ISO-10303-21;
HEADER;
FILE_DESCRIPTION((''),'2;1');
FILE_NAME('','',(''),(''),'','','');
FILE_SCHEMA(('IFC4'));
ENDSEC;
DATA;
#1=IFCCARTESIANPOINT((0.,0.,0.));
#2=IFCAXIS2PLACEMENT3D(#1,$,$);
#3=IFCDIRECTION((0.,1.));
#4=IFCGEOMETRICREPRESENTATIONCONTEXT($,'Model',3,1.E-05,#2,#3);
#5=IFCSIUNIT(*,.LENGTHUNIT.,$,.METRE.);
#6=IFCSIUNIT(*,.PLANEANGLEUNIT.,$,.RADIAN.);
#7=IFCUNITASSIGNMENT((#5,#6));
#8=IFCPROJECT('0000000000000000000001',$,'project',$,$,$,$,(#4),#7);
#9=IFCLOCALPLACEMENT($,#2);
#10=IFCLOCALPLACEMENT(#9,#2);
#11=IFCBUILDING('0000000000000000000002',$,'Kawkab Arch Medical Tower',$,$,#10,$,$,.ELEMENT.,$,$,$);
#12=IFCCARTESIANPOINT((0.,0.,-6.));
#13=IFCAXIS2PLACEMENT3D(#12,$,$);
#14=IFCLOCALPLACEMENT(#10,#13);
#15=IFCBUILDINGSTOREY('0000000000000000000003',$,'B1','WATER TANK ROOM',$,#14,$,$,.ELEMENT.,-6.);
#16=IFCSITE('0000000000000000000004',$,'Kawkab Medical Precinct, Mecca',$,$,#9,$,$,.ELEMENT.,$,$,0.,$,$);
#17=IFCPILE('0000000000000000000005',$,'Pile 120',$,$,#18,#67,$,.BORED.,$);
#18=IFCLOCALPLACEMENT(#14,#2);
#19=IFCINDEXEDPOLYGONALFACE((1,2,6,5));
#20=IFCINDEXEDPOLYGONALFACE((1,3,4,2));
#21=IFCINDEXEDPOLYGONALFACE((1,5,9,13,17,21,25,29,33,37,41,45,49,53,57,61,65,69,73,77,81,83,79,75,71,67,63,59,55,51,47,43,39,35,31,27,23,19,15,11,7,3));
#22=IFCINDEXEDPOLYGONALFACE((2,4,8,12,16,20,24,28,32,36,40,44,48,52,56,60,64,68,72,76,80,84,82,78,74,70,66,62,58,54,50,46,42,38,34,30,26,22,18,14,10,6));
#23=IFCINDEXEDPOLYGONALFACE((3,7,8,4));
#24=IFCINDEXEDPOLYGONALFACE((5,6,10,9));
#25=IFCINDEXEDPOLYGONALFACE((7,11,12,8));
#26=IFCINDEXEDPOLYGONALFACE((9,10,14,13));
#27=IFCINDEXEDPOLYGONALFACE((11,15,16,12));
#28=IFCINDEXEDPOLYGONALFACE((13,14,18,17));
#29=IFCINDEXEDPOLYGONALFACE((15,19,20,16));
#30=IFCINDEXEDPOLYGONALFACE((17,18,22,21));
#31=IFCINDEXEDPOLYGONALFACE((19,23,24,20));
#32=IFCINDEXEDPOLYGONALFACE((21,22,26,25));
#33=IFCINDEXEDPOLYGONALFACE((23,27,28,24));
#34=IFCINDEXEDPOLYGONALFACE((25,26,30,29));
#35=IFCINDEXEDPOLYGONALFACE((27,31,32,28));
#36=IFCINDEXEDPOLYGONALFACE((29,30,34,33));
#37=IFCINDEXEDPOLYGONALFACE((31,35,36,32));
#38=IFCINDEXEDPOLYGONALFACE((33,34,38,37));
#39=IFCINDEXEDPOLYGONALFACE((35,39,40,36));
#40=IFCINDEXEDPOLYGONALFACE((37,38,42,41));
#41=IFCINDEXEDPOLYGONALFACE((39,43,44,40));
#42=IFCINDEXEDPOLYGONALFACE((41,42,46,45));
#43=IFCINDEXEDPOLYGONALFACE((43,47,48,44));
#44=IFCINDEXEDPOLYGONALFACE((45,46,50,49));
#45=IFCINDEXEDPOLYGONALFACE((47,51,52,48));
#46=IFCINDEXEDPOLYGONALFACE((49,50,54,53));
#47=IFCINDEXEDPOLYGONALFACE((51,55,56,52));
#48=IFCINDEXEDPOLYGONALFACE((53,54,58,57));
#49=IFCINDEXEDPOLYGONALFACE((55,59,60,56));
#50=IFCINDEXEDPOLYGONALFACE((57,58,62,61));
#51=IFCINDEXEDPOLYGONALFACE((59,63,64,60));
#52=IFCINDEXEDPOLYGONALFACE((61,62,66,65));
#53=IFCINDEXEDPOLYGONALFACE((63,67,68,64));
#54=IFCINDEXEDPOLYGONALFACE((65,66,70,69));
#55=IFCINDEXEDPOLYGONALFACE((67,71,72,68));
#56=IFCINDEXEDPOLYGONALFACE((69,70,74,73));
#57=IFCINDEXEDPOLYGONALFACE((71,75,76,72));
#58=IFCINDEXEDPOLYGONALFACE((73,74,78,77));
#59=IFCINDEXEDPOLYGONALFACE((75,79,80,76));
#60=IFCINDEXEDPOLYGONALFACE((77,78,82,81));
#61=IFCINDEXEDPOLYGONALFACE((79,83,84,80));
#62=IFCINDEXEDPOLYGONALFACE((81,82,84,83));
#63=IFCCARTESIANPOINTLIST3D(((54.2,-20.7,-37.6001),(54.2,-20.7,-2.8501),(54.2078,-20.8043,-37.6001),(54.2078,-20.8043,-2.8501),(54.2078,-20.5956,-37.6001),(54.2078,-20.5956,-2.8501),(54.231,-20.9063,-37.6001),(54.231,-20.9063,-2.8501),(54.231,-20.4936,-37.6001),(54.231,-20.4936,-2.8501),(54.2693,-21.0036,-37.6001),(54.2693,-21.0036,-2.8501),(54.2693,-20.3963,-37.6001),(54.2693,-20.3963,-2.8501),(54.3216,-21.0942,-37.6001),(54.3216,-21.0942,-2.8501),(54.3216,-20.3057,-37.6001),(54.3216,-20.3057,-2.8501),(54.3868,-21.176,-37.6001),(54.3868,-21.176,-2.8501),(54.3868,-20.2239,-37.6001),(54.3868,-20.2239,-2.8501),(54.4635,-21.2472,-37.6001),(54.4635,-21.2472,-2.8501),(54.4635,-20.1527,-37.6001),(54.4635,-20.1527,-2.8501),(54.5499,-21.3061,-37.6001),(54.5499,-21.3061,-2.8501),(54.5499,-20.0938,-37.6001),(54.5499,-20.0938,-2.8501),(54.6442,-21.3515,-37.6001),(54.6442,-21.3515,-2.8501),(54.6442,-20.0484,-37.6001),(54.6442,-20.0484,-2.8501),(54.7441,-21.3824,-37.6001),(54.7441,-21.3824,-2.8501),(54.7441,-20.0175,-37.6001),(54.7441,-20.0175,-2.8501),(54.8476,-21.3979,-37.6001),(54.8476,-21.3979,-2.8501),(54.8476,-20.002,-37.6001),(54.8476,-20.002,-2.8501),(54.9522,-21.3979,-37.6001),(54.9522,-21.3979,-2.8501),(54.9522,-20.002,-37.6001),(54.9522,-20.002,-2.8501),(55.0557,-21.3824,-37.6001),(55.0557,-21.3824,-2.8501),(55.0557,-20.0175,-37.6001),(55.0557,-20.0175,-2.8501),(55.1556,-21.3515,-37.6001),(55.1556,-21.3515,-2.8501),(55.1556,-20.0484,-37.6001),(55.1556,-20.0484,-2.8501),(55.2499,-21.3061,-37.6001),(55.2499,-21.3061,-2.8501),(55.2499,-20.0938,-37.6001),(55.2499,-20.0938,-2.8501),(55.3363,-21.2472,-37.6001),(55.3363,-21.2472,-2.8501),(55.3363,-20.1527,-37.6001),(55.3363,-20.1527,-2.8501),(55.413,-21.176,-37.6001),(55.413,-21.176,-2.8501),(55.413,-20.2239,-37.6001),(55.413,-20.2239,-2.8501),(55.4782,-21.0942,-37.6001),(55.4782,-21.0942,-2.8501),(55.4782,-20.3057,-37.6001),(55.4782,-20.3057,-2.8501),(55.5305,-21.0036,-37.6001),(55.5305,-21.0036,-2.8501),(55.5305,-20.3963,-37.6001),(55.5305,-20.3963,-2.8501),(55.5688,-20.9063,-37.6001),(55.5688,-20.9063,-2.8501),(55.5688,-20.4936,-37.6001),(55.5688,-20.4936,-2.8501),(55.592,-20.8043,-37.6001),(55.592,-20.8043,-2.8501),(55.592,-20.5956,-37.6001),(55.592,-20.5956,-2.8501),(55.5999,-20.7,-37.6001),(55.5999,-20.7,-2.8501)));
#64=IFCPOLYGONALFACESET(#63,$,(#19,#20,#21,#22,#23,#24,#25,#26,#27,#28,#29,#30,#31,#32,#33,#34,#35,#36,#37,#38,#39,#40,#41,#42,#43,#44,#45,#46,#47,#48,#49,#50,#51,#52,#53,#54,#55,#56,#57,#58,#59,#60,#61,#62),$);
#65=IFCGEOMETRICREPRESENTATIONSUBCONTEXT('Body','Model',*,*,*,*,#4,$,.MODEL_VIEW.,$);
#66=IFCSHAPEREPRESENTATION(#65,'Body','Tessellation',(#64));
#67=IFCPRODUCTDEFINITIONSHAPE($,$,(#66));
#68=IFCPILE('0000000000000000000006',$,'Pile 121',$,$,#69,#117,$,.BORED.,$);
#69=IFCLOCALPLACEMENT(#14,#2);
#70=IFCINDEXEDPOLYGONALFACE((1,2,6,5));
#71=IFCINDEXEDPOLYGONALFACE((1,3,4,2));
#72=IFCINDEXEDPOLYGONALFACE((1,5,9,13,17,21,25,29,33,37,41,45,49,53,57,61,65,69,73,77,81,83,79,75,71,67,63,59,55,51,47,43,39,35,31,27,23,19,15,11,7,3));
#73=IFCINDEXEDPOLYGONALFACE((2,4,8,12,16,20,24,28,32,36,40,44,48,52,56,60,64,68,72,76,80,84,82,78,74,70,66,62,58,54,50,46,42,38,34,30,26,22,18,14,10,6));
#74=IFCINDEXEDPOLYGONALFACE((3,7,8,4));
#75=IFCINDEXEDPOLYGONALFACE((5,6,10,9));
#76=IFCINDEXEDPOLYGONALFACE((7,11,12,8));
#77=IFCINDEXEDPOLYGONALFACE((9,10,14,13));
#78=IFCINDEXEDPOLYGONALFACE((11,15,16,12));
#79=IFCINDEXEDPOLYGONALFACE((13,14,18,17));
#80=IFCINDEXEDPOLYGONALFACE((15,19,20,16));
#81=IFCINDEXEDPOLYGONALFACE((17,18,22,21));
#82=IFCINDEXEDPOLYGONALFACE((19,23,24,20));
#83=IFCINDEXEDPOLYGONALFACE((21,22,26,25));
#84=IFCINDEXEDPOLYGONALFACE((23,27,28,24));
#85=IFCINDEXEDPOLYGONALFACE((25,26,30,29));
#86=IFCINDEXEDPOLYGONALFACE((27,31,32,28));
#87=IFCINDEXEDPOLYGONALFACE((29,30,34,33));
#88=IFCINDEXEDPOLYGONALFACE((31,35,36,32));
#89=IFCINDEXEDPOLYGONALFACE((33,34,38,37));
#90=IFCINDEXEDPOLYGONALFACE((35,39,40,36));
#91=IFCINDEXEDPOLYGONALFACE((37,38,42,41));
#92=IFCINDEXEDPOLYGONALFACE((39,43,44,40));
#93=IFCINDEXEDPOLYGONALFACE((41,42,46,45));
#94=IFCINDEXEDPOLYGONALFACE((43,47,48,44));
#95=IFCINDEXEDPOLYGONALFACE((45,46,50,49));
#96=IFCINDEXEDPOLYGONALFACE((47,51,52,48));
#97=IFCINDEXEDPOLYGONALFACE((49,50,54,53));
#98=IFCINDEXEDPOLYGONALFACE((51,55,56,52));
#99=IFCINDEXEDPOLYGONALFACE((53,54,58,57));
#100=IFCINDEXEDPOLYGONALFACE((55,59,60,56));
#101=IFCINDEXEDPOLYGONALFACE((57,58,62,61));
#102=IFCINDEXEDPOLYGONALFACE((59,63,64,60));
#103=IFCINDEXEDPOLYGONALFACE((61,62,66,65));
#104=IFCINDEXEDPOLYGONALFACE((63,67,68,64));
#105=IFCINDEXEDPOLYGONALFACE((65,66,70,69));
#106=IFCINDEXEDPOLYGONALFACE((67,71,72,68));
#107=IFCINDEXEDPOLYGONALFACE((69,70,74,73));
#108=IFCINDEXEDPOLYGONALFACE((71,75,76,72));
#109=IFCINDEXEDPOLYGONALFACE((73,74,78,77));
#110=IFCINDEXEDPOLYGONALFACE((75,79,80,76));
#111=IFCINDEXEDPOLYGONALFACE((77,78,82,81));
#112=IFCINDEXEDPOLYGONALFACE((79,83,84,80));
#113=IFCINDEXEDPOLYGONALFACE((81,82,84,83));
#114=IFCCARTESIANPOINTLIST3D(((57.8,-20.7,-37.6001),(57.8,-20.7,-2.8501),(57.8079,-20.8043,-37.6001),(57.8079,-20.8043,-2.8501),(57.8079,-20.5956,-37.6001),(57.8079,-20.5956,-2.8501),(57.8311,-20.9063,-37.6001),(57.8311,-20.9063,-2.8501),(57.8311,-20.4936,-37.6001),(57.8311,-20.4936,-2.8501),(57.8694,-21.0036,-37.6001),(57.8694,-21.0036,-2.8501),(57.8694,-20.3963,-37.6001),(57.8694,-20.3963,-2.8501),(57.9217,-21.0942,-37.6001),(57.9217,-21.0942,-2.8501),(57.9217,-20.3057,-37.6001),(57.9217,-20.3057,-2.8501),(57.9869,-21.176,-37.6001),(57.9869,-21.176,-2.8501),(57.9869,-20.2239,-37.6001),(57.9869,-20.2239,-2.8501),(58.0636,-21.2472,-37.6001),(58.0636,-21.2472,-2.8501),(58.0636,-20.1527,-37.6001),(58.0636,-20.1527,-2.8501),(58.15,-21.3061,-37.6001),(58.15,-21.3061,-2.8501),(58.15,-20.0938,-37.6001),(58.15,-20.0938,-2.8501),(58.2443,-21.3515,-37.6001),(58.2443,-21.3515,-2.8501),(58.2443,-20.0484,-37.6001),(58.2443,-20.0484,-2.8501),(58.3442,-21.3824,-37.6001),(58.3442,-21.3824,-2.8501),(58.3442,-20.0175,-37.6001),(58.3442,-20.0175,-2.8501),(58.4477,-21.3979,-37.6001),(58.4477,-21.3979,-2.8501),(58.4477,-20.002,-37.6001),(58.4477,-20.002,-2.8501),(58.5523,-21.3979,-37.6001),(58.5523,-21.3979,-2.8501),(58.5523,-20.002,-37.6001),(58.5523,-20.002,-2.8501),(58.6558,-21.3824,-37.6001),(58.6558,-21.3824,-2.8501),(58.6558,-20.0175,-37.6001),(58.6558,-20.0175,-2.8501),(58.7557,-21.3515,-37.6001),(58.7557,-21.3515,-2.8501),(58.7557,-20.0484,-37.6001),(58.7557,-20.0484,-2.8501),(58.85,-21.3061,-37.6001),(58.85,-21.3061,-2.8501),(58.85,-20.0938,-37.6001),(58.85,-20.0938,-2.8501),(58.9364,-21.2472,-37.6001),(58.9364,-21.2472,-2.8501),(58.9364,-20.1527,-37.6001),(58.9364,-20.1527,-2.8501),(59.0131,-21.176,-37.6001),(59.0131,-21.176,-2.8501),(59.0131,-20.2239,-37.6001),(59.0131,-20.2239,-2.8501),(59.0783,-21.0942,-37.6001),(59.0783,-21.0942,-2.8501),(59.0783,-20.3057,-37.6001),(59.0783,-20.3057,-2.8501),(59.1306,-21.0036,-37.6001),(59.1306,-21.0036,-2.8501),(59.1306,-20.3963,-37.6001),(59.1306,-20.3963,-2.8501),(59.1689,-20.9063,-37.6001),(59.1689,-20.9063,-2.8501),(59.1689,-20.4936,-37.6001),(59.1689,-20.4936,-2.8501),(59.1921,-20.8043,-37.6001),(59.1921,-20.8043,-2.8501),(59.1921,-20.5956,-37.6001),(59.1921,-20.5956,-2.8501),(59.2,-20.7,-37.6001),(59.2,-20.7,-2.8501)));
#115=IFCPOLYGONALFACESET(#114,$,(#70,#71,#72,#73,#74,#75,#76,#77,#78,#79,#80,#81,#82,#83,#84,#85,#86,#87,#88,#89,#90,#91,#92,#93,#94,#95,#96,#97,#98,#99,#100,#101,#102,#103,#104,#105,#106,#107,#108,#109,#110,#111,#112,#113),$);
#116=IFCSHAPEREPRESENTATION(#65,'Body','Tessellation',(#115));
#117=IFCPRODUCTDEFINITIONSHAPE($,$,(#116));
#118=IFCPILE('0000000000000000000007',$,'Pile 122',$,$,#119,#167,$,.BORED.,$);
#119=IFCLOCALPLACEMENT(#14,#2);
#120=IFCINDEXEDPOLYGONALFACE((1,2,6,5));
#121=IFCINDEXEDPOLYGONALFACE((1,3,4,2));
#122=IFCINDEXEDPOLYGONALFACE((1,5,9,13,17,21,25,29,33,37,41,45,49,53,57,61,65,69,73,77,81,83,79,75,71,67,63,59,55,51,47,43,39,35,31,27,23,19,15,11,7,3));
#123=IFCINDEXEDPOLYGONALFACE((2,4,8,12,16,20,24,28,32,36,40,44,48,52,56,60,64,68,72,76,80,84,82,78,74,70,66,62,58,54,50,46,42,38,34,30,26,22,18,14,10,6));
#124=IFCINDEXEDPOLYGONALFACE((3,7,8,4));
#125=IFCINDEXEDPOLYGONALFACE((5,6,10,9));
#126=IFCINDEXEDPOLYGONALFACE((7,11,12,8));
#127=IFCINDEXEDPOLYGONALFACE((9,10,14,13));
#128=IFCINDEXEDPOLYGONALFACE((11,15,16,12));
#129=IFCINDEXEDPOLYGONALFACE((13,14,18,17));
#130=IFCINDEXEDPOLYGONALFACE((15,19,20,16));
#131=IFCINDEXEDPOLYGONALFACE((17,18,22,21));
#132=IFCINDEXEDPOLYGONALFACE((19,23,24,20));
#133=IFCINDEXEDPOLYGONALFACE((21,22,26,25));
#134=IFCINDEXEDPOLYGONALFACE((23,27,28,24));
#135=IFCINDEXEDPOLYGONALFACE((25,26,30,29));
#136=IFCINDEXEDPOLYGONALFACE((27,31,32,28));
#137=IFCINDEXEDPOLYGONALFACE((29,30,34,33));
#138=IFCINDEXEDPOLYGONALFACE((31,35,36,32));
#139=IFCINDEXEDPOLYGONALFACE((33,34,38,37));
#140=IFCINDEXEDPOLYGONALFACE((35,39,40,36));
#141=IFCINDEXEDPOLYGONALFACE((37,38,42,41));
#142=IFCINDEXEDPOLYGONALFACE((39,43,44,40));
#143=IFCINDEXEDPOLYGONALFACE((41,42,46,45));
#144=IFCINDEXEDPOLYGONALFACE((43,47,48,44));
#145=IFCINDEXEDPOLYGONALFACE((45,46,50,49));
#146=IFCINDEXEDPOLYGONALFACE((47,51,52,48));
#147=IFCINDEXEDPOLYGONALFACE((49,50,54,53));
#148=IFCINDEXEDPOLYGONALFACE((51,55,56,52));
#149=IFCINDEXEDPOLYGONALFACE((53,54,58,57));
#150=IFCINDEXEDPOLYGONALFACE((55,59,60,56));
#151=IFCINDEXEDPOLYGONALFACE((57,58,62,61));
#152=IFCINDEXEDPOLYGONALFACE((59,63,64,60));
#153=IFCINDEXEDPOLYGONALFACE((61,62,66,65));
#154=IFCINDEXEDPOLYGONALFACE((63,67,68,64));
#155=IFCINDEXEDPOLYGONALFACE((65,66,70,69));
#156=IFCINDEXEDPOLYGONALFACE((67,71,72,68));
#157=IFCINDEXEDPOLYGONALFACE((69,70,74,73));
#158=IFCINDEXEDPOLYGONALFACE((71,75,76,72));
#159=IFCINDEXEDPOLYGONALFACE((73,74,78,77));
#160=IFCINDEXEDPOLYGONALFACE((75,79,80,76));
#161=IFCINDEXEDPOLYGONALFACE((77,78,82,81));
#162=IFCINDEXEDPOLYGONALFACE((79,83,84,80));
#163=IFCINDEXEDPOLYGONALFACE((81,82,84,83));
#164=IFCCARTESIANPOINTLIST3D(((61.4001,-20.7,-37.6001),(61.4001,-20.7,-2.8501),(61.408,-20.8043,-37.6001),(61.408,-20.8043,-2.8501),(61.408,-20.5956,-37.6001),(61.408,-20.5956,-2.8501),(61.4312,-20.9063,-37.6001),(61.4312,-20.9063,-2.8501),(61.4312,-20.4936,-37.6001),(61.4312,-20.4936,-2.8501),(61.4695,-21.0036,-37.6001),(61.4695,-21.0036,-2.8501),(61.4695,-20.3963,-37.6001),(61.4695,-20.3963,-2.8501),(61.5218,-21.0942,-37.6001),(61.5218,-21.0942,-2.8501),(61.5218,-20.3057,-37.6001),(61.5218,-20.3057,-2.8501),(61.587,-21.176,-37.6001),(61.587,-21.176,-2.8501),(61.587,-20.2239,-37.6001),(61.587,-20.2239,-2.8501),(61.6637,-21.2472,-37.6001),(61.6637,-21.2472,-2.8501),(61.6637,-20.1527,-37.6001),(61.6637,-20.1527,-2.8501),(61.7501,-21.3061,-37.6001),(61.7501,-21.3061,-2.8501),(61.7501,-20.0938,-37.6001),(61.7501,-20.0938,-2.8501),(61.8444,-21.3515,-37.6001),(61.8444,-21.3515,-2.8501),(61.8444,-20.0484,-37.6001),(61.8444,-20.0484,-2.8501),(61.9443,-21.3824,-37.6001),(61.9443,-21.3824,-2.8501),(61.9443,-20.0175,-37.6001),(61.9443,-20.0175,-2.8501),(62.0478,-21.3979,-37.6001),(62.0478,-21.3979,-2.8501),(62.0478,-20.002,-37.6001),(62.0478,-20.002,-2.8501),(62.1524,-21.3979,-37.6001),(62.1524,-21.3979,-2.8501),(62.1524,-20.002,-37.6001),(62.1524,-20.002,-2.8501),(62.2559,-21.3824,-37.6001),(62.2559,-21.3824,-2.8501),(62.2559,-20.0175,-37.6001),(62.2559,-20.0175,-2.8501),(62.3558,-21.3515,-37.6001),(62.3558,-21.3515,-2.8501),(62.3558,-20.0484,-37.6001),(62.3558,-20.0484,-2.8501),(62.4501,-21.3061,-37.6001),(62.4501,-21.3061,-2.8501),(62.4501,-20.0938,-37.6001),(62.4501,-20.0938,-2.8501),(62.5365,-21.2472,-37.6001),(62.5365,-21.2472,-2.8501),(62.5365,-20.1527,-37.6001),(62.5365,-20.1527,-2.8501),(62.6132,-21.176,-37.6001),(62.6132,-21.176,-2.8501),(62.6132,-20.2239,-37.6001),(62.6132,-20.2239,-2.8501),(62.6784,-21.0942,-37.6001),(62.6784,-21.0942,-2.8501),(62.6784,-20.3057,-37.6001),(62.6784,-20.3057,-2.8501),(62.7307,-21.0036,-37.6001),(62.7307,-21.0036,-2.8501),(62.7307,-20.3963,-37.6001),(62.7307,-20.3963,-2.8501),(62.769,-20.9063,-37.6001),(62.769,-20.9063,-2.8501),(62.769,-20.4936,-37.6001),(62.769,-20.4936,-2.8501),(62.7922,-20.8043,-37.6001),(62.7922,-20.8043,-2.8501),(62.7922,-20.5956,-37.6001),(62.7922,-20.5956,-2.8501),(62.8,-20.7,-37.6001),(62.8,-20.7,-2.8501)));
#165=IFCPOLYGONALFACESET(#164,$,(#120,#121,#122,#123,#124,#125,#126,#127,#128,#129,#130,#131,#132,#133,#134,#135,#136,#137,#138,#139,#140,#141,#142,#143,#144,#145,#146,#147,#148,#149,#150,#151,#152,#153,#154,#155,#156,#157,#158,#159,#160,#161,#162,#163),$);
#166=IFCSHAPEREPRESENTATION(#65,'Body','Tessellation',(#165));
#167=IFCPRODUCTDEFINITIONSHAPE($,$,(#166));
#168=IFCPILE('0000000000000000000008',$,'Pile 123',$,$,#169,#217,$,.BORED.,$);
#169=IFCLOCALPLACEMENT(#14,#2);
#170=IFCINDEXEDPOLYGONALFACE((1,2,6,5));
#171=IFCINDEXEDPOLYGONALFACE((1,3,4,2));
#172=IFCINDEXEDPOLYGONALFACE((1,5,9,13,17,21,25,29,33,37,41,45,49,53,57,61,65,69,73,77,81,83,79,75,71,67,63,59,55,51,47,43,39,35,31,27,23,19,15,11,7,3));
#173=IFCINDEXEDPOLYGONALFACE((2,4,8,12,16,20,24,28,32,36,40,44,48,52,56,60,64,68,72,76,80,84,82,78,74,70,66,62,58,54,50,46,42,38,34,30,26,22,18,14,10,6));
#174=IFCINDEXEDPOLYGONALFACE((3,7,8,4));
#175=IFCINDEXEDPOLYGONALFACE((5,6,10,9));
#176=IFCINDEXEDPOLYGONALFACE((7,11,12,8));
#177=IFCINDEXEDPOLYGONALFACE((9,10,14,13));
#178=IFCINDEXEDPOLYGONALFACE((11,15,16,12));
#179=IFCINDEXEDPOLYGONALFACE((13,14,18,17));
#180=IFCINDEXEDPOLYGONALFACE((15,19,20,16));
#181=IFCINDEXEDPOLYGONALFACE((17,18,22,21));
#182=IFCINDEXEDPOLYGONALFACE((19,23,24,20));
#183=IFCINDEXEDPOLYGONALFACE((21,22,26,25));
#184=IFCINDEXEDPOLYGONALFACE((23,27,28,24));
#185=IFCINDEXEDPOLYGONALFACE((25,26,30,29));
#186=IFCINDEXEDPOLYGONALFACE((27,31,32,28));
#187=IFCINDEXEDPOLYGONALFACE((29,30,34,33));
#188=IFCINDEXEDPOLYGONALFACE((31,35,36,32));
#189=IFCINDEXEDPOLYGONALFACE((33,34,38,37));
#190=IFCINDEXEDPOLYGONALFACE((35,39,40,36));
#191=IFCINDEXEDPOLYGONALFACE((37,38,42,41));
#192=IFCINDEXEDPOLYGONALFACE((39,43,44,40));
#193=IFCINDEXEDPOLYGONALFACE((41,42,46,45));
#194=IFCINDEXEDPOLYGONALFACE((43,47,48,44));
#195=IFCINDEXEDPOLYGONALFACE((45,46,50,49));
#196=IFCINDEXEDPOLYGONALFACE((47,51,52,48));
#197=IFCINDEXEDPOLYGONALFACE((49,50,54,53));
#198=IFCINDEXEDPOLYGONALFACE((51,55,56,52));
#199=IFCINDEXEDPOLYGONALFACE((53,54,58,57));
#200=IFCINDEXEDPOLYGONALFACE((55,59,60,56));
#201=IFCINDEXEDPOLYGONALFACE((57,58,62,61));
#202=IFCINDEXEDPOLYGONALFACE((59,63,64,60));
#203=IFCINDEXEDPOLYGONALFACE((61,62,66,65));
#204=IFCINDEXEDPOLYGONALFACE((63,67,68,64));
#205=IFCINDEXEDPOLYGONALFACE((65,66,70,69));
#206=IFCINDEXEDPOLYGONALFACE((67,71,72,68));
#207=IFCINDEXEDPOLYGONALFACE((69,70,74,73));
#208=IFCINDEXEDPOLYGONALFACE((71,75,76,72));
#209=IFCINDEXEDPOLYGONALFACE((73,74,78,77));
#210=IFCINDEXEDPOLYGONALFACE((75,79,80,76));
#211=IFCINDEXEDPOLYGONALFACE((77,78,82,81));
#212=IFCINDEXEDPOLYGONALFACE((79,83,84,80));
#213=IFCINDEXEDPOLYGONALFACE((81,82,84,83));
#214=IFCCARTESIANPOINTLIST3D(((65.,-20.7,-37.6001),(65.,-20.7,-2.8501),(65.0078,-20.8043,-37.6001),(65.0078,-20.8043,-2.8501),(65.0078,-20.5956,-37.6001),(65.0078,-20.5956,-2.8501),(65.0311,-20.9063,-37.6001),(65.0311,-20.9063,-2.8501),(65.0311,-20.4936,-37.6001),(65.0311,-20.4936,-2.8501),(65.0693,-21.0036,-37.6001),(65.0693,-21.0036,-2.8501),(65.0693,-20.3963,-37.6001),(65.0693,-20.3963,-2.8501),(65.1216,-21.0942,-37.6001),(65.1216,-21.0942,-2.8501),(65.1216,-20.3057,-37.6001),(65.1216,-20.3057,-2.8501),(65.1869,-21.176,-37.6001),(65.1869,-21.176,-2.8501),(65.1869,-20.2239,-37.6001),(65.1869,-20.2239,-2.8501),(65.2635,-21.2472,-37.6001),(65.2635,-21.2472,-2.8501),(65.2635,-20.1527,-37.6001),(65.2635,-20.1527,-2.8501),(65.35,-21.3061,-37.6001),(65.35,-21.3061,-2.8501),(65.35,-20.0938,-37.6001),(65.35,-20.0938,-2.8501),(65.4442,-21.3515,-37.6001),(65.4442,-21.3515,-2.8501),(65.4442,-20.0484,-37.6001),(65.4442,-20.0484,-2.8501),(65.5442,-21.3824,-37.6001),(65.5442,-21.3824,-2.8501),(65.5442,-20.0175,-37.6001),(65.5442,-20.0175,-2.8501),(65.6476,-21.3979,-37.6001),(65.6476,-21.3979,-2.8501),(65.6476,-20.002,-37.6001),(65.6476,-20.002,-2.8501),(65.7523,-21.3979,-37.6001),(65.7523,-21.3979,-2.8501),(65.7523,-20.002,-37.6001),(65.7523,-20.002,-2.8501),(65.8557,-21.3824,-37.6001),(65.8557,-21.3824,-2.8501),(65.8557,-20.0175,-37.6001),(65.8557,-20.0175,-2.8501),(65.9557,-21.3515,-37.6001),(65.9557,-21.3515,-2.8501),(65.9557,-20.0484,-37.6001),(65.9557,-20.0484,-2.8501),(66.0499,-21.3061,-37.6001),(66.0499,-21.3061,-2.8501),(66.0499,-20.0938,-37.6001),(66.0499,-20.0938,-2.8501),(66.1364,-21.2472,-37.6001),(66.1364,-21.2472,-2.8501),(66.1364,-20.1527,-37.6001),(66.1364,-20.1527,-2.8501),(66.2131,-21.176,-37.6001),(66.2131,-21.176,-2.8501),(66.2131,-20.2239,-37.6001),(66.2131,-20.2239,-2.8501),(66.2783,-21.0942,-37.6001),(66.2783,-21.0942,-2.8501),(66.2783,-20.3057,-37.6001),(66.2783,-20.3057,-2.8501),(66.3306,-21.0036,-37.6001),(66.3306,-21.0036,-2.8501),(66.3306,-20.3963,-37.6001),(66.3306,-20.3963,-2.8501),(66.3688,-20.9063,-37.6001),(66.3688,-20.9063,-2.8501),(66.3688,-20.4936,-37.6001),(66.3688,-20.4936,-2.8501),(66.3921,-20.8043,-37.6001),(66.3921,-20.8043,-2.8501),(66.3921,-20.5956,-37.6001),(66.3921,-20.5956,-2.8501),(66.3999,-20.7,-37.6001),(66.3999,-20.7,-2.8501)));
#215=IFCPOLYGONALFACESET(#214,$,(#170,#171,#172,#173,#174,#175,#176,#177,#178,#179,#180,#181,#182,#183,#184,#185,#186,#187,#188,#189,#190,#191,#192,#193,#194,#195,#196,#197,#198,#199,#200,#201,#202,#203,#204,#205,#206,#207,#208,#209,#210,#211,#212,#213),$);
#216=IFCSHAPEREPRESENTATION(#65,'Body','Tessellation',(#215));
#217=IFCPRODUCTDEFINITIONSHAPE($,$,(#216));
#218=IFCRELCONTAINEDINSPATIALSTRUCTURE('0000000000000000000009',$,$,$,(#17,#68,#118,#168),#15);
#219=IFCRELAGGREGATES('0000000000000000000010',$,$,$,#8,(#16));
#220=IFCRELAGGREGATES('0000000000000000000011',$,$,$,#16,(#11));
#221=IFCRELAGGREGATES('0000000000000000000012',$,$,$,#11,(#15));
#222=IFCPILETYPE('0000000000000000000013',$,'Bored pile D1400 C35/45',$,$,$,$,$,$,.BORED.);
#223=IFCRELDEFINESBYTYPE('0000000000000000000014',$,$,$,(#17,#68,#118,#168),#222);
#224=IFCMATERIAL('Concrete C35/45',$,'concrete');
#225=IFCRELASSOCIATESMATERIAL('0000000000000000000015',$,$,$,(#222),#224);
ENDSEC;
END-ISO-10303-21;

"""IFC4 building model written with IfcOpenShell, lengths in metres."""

from ifc_helpers import new_model, si_unit, direction, frame, origin, origin_2d, place, context, subcontext, project, spatial, circle, extrude, material, material_profile, profile_set, type_object, element, save


model = new_model("IFC4")

# Units and contexts
model_context = context("Model", 3, precision=1e-05, world=origin(), true_north=direction((0.0, 1.0)))
body_context = subcontext(model_context, "Body", "Model", "MODEL_VIEW")
ifc_project = project(units=[si_unit("LENGTHUNIT", "METRE"), si_unit("PLANEANGLEUNIT", "RADIAN")], contexts=[model_context])

# Site, building, storey
site_placement = place(None, origin())
site = spatial("IfcSite", under=ifc_project, at=site_placement, Name="Kawkab Medical Precinct, Mecca", CompositionType="ELEMENT", RefElevation=0.0)
building_placement = place(site_placement, origin())
building = spatial("IfcBuilding", under=site, at=building_placement, Name="Kawkab Arch Medical Tower", CompositionType="ELEMENT")
storey_placement = place(building_placement, frame((0.0, 0.0, -6.0)))
storey = spatial("IfcBuildingStorey", under=building, at=storey_placement, Name="B1", Description="WATER TANK ROOM", CompositionType="ELEMENT", Elevation=-6.0)

# Piles
ifc_material_1 = material(Name="Concrete C35/45", Category="concrete")
ifc_material_profile_1 = material_profile(ifc_material_1, circle(Radius=0.7, at=origin_2d()), Name="Bored pile D1400")
ifc_profile_set_1 = profile_set([ifc_material_profile_1], Name="Concrete C35/45")
pile_type_1 = type_object("IfcPileType", Name="Bored pile D1400 C35/45", PredefinedType="BORED", material=ifc_profile_set_1)
for number, where, z_axis, x_axis, name in (
    (1, (54.8999, -20.7, -2.8501), (0.0, 0.0, -1.0), (1.0, 0.0, 0.0), "Pile 120"),
    (2, (58.5, -20.7, -2.8501), (0.0, 0.0, -1.0), (1.0, 0.0, 0.0), "Pile 121"),
    (3, (62.1001, -20.7, -2.8501), (0.0, 0.0, -1.0), (1.0, 0.0, 0.0), "Pile 122"),
    (4, (65.7, -20.7, -2.8501), (0.0, 0.0, -1.0), (1.0, 0.0, 0.0), "Pile 123"),
):
    element("IfcPile", number, at=place(storey_placement, frame(where, z_axis=z_axis, x_axis=x_axis)), inside=storey, type_object=pile_type_1, Name=name, PredefinedType="BORED", context=body_context, shape_type="SweptSolid", body=[
        extrude(circle(Radius=0.7, at=origin_2d()), origin(), (0.0, 0.0, 1.0), 34.75),
    ])

save(model, "model.ifc")
